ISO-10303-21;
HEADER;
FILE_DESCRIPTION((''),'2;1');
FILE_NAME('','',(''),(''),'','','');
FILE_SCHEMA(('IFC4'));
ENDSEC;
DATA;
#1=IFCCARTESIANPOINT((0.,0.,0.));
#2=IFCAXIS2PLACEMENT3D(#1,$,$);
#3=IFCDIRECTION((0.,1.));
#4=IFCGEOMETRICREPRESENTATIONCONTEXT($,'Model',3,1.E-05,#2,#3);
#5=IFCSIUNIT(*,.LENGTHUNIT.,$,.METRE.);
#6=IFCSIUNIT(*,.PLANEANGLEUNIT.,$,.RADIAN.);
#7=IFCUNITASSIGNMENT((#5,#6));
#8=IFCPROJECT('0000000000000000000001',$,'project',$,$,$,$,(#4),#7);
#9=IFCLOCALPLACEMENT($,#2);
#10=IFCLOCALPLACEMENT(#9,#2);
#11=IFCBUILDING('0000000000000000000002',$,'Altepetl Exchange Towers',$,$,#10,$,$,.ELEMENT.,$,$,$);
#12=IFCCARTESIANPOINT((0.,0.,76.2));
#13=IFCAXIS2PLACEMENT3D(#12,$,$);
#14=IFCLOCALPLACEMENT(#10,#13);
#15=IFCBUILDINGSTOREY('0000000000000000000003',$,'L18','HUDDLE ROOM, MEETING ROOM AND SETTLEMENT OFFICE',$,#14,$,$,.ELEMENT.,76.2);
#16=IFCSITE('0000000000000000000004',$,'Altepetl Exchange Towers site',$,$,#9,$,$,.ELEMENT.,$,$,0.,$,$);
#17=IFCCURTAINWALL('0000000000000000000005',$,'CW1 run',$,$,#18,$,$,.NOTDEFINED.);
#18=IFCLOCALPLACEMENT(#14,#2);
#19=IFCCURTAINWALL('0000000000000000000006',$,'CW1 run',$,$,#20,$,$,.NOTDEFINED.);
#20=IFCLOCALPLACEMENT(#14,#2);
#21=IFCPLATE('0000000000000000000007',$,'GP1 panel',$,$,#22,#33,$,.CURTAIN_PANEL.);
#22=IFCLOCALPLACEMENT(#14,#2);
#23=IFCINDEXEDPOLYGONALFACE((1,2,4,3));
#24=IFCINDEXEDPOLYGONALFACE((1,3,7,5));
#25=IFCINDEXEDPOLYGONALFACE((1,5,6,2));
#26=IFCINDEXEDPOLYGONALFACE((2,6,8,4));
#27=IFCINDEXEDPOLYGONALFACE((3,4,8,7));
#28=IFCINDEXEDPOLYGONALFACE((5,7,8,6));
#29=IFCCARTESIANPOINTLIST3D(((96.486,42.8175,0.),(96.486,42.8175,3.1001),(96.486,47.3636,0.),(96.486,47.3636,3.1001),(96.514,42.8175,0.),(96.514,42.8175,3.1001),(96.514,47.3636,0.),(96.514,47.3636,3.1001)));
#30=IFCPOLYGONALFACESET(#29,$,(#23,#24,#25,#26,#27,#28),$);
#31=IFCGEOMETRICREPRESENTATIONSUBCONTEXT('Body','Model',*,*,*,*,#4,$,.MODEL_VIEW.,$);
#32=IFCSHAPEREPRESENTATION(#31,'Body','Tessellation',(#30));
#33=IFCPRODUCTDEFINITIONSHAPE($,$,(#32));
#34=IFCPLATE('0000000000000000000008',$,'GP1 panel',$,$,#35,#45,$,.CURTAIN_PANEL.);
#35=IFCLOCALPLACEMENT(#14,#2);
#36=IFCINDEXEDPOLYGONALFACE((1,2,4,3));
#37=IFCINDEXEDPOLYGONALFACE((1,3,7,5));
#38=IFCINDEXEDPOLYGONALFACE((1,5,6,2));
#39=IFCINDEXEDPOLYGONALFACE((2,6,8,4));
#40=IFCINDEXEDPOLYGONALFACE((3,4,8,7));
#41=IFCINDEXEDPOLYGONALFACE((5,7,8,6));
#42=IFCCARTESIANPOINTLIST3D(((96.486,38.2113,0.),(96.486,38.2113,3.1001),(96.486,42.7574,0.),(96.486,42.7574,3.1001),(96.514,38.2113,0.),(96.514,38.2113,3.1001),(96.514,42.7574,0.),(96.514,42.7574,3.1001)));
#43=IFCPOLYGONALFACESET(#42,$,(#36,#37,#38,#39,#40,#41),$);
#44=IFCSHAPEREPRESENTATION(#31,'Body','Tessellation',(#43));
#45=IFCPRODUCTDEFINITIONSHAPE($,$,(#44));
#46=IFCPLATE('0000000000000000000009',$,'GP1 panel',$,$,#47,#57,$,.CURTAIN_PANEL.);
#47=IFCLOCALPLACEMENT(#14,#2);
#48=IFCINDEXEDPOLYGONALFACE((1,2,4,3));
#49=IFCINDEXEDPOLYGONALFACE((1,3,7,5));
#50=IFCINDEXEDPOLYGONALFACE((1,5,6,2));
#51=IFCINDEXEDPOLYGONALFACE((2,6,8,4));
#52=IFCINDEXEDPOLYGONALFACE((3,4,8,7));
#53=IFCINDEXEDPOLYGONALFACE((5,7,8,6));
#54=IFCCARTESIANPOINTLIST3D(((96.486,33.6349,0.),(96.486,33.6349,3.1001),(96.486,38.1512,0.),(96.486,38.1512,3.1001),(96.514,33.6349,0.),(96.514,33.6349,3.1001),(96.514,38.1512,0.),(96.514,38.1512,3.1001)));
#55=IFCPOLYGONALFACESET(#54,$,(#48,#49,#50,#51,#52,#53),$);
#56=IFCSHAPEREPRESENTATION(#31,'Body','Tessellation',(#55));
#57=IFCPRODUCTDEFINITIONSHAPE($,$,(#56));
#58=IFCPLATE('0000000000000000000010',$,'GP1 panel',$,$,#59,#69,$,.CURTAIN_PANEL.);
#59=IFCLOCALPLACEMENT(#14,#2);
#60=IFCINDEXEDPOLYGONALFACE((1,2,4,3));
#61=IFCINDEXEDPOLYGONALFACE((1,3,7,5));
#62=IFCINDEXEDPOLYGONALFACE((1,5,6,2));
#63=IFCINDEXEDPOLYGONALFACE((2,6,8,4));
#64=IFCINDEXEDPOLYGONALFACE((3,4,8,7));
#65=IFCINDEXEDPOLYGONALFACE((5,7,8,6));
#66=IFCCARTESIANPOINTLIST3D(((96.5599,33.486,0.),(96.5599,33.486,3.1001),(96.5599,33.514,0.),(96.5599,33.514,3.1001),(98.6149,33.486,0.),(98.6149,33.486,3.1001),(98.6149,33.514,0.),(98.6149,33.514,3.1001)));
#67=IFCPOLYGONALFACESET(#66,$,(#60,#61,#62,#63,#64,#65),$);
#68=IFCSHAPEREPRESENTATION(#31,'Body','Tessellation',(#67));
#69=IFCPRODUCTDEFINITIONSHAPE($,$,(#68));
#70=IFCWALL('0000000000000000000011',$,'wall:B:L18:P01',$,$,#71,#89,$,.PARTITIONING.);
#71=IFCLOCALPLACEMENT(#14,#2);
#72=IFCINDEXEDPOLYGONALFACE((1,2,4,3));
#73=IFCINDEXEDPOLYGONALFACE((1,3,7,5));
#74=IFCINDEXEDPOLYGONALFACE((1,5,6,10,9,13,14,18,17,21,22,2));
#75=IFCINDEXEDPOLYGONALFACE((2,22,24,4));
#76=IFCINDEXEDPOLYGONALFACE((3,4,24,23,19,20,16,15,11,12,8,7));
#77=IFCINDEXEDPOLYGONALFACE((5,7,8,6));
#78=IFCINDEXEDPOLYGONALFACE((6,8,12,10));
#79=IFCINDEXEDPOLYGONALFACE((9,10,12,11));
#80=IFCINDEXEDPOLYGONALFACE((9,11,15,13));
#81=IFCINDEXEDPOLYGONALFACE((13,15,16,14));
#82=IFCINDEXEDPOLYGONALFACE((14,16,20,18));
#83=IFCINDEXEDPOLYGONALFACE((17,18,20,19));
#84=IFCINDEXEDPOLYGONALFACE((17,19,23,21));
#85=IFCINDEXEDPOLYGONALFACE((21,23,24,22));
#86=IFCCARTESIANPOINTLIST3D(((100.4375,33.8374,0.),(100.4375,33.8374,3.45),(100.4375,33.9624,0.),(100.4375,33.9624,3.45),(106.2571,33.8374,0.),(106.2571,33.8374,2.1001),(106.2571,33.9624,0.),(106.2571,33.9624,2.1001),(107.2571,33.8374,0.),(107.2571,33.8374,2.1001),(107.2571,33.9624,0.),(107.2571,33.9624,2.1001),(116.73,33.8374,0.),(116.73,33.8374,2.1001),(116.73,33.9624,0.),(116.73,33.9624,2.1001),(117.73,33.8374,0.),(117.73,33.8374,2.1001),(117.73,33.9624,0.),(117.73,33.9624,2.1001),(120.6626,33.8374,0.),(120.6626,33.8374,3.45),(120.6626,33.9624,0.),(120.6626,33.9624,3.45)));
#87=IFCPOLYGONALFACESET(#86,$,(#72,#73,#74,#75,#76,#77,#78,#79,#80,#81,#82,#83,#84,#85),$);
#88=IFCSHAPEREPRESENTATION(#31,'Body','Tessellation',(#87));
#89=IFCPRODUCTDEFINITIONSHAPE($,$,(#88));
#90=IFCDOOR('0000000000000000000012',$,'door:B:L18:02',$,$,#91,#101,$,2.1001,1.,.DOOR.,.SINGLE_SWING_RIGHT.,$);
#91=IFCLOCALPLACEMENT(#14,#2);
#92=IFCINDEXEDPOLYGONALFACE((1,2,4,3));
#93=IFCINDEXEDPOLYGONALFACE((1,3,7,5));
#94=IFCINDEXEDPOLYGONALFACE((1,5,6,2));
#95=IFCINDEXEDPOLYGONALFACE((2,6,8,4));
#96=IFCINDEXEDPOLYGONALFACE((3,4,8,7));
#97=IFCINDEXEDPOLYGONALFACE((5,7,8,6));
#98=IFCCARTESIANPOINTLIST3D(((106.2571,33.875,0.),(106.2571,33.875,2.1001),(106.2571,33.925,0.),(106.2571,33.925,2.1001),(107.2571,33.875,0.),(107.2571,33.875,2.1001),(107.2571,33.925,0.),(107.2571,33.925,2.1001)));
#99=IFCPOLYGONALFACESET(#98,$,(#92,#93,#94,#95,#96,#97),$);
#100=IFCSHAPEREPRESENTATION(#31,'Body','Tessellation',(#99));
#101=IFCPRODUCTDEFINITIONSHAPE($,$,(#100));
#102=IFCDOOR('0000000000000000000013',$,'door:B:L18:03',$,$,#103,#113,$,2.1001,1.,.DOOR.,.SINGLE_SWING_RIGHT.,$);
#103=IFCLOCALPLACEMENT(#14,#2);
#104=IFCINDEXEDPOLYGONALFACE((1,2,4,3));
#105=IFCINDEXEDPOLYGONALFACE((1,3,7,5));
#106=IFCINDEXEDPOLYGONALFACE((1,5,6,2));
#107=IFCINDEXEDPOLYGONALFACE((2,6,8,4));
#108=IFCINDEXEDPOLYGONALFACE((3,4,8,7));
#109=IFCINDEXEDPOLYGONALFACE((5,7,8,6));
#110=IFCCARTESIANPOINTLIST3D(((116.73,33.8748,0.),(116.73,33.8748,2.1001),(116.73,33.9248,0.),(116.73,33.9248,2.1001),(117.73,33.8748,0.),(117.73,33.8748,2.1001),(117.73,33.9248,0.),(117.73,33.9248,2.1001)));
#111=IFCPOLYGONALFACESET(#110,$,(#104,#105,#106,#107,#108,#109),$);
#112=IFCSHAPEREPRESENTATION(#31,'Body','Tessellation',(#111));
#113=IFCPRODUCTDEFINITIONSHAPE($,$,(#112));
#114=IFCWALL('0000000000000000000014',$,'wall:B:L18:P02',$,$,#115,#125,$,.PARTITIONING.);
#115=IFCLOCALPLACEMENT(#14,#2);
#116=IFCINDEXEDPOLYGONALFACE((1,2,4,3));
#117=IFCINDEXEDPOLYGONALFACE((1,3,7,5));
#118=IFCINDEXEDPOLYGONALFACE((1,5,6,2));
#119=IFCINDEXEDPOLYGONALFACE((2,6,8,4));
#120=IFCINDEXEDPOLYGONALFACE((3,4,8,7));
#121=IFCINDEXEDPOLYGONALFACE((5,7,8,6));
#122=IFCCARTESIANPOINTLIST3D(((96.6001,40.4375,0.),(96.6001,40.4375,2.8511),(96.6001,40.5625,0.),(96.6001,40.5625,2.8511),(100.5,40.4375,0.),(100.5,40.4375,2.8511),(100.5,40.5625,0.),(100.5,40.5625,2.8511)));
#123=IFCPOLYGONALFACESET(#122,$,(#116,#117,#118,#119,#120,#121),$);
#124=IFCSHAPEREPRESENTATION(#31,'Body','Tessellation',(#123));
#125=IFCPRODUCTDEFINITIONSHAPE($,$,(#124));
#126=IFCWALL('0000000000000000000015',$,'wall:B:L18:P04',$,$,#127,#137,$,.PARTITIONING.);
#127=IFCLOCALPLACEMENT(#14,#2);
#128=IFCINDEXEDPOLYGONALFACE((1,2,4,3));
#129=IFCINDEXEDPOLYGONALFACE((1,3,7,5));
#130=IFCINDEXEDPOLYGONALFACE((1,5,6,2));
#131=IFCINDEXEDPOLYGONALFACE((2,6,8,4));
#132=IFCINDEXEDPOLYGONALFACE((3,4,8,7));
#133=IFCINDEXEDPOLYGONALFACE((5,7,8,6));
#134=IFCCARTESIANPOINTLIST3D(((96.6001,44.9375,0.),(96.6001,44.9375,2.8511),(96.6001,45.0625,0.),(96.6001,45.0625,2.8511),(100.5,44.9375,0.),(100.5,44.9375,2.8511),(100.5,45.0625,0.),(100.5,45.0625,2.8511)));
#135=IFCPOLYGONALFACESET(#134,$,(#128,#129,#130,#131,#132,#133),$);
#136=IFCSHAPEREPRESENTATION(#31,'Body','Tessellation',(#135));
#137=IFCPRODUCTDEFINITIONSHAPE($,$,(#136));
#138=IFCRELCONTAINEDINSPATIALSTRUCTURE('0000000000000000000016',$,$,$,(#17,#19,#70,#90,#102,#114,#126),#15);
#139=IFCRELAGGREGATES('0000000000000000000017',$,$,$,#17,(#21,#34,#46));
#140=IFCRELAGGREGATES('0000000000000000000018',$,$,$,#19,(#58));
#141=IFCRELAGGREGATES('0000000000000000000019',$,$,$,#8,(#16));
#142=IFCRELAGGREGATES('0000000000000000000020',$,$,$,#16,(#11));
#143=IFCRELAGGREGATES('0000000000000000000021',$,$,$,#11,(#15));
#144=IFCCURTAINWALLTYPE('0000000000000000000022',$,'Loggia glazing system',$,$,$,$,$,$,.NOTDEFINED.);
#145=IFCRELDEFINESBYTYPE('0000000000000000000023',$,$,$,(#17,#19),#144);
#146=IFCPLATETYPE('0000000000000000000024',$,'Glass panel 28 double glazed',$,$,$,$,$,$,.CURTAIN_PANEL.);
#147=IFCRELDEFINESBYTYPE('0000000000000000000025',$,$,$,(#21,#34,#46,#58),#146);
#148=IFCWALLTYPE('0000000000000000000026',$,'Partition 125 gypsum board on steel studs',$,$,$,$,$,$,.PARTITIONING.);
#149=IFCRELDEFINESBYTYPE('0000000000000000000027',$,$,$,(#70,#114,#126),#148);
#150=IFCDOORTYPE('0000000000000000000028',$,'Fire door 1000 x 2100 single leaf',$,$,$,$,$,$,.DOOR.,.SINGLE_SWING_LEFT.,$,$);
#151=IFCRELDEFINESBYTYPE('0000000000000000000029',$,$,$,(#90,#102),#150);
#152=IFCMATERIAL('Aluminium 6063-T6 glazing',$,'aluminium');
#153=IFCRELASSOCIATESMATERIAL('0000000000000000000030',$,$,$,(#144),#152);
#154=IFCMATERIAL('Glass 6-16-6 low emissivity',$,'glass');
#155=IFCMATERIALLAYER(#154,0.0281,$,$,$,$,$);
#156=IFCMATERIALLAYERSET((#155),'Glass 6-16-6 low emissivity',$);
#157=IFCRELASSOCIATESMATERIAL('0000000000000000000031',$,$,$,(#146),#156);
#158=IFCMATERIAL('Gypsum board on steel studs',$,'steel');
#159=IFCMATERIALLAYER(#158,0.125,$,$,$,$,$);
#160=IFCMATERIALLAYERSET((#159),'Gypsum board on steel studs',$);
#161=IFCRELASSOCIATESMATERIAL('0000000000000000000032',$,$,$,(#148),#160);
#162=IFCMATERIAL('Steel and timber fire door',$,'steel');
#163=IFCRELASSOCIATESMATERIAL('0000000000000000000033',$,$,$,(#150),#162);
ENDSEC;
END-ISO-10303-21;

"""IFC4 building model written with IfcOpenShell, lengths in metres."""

from ifc_helpers import new_model, si_unit, direction, frame, frame_2d, origin, origin_2d, place, context, subcontext, project, spatial, rectangle, extrude, material, layer, layer_set, type_object, element, fill, aggregate, save


model = new_model("IFC4")

# Units and contexts
model_context = context("Model", 3, precision=1e-05, world=origin(), true_north=direction((0.0, 1.0)))
body_context = subcontext(model_context, "Body", "Model", "MODEL_VIEW")
ifc_project = project(units=[si_unit("LENGTHUNIT", "METRE"), si_unit("PLANEANGLEUNIT", "RADIAN")], contexts=[model_context])

# Site, building, storey
site_placement = place(None, origin())
site = spatial("IfcSite", under=ifc_project, at=site_placement, Name="Altepetl Exchange Towers site", CompositionType="ELEMENT", RefElevation=0.0)
building_placement = place(site_placement, origin())
building = spatial("IfcBuilding", under=site, at=building_placement, Name="Altepetl Exchange Towers", CompositionType="ELEMENT")
storey_placement = place(building_placement, frame((0.0, 0.0, 76.2)))
storey = spatial("IfcBuildingStorey", under=building, at=storey_placement, Name="L18", Description="HUDDLE ROOM, MEETING ROOM AND SETTLEMENT OFFICE", CompositionType="ELEMENT", Elevation=76.2)

# Curtain walls
ifc_material_1 = material(Name="Aluminium 6063-T6 glazing", Category="aluminium")
curtain_wall_type = type_object("IfcCurtainWallType", Name="Loggia glazing system", PredefinedType="NOTDEFINED", material=ifc_material_1)
curtain_wall_1_placement = place(storey_placement, origin())
curtain_wall_1 = element("IfcCurtainWall", 1, at=curtain_wall_1_placement, inside=storey, type_object=curtain_wall_type, Name="CW1 run", PredefinedType="NOTDEFINED")
curtain_wall_2_placement = place(storey_placement, origin())
curtain_wall_2 = element("IfcCurtainWall", 2, at=curtain_wall_2_placement, inside=storey, type_object=curtain_wall_type, Name="CW1 run", PredefinedType="NOTDEFINED")

# Plates
ifc_material_2 = material(Name="Glass 6-16-6 low emissivity", Category="glass")
ifc_layer_1 = layer(ifc_material_2, 0.0281)
ifc_layer_set_1 = layer_set([ifc_layer_1], Name="Glass 6-16-6 low emissivity")
plate_type = type_object("IfcPlateType", Name="Glass panel 28 double glazed", PredefinedType="CURTAIN_PANEL", material=ifc_layer_set_1)
plate_1_placement = place(storey_placement, frame((96.5, 45.0906, 0.0), z_axis=(0.0, 0.0, 1.0), x_axis=(0.0, -1.0, 0.0)))
plate_1 = element("IfcPlate", 3, at=plate_1_placement, type_object=plate_type, Name="GP1 panel", PredefinedType="CURTAIN_PANEL", context=body_context, shape_type="SweptSolid", body=[
    extrude(rectangle(XDim=4.5461, YDim=0.0281, at=origin_2d()), origin(), (0.0, 0.0, 1.0), 3.1001),
])
plate_2_placement = place(storey_placement, frame((96.5, 40.4844, 0.0), z_axis=(0.0, 0.0, 1.0), x_axis=(0.0, -1.0, 0.0)))
plate_2 = element("IfcPlate", 4, at=plate_2_placement, type_object=plate_type, Name="GP1 panel", PredefinedType="CURTAIN_PANEL", context=body_context, shape_type="SweptSolid", body=[
    extrude(rectangle(XDim=4.5461, YDim=0.0281, at=origin_2d()), origin(), (0.0, 0.0, 1.0), 3.1001),
])
plate_3_placement = place(storey_placement, frame((96.5, 35.8931, 0.0), z_axis=(0.0, 0.0, 1.0), x_axis=(0.0, -1.0, 0.0)))
plate_3 = element("IfcPlate", 5, at=plate_3_placement, type_object=plate_type, Name="GP1 panel", PredefinedType="CURTAIN_PANEL", context=body_context, shape_type="SweptSolid", body=[
    extrude(rectangle(XDim=4.5164, YDim=0.0281, at=origin_2d()), origin(), (0.0, 0.0, 1.0), 3.1001),
])
aggregate(curtain_wall_1, [plate_1, plate_2, plate_3])
plate_4_placement = place(storey_placement, frame((97.5874, 33.5, 0.0)))
plate_4 = element("IfcPlate", 6, at=plate_4_placement, type_object=plate_type, Name="GP1 panel", PredefinedType="CURTAIN_PANEL", context=body_context, shape_type="SweptSolid", body=[
    extrude(rectangle(XDim=2.0549, YDim=0.0281, at=origin_2d()), origin(), (0.0, 0.0, 1.0), 3.1001),
])
aggregate(curtain_wall_2, [plate_4])

# Wall, openings, doors
ifc_material_3 = material(Name="Gypsum board on steel studs", Category="steel")
ifc_layer_2 = layer(ifc_material_3, 0.125)
ifc_layer_set_2 = layer_set([ifc_layer_2], Name="Gypsum board on steel studs")
wall_type = type_object("IfcWallType", Name="Partition 125 gypsum board on steel studs", PredefinedType="PARTITIONING", material=ifc_layer_set_2)
wall_1_placement = place(storey_placement, frame((100.4375, 33.8999, 0.0)))
wall_1 = element("IfcWall", 7, at=wall_1_placement, inside=storey, type_object=wall_type, Name="wall:B:L18:P01", PredefinedType="PARTITIONING", context=body_context, shape_type="SweptSolid", body=[
    extrude(rectangle(XDim=20.2251, YDim=0.125, at=frame_2d((10.1125, 0.0))), origin(), (0.0, 0.0, 1.0), 3.45),
])
opening_1_placement = place(wall_1_placement, frame((5.8196, 0.0, 0.0)))
opening_1 = element("IfcOpeningElement", 8, at=opening_1_placement, cuts=wall_1, PredefinedType="OPENING", context=body_context, shape_type="SweptSolid", body=[
    extrude(rectangle(XDim=1.0, YDim=2.1001, at=frame_2d((0.5, 1.05))), frame((0.0, 0.0725, 0.0), z_axis=(0.0, -1.0, 0.0), x_axis=(1.0, 0.0, 0.0)), (0.0, 0.0, 1.0), 0.145),
])
opening_2_placement = place(wall_1_placement, frame((16.2925, 0.0, 0.0)))
opening_2 = element("IfcOpeningElement", 9, at=opening_2_placement, cuts=wall_1, PredefinedType="OPENING", context=body_context, shape_type="SweptSolid", body=[
    extrude(rectangle(XDim=1.0, YDim=2.1001, at=frame_2d((0.5, 1.05))), frame((0.0, 0.0725, 0.0), z_axis=(0.0, -1.0, 0.0), x_axis=(1.0, 0.0, 0.0)), (0.0, 0.0, 1.0), 0.145),
])
ifc_material_4 = material(Name="Steel and timber fire door", Category="steel")
door_type = type_object("IfcDoorType", Name="Fire door 1000 x 2100 single leaf", OperationType="SINGLE_SWING_LEFT", PredefinedType="DOOR", material=ifc_material_4)
door_1_placement = place(opening_1_placement, frame((1.0, 0.0, 0.0), x_axis=(-1.0, 0.0, 0.0)))
door_1 = element("IfcDoor", 10, at=door_1_placement, inside=storey, type_object=door_type, Name="door:B:L18:02", OperationType="SINGLE_SWING_RIGHT", OverallHeight=2.1001, OverallWidth=1.0, PredefinedType="DOOR", context=body_context, shape_type="SweptSolid", body=[
    extrude(rectangle(XDim=1.0, YDim=2.1001, at=frame_2d((0.5, 1.05))), frame((0.0, 0.0249, 0.0), z_axis=(0.0, -1.0, 0.0), x_axis=(1.0, 0.0, 0.0)), (0.0, 0.0, 1.0), 0.05),
])
fill(opening_1, door_1)
door_2_placement = place(opening_2_placement, origin())
door_2 = element("IfcDoor", 11, at=door_2_placement, inside=storey, type_object=door_type, Name="door:B:L18:03", OperationType="SINGLE_SWING_RIGHT", OverallHeight=2.1001, OverallWidth=1.0, PredefinedType="DOOR", context=body_context, shape_type="SweptSolid", body=[
    extrude(rectangle(XDim=1.0, YDim=2.1001, at=frame_2d((0.5, 1.05))), frame((0.0, 0.0249, 0.0), z_axis=(0.0, -1.0, 0.0), x_axis=(1.0, 0.0, 0.0)), (0.0, 0.0, 1.0), 0.05),
])
fill(opening_2, door_2)

# Walls
for number, where, name in (
    (12, (96.6001, 40.5, 0.0), "wall:B:L18:P02"),
    (13, (96.6001, 45.0, 0.0), "wall:B:L18:P04"),
):
    element("IfcWall", number, at=place(storey_placement, frame(where)), inside=storey, type_object=wall_type, Name=name, PredefinedType="PARTITIONING", context=body_context, shape_type="SweptSolid", body=[
        extrude(rectangle(XDim=3.8999, YDim=0.125, at=frame_2d((1.95, 0.0))), origin(), (0.0, 0.0, 1.0), 2.8511),
    ])

save(model, "model.ifc")
